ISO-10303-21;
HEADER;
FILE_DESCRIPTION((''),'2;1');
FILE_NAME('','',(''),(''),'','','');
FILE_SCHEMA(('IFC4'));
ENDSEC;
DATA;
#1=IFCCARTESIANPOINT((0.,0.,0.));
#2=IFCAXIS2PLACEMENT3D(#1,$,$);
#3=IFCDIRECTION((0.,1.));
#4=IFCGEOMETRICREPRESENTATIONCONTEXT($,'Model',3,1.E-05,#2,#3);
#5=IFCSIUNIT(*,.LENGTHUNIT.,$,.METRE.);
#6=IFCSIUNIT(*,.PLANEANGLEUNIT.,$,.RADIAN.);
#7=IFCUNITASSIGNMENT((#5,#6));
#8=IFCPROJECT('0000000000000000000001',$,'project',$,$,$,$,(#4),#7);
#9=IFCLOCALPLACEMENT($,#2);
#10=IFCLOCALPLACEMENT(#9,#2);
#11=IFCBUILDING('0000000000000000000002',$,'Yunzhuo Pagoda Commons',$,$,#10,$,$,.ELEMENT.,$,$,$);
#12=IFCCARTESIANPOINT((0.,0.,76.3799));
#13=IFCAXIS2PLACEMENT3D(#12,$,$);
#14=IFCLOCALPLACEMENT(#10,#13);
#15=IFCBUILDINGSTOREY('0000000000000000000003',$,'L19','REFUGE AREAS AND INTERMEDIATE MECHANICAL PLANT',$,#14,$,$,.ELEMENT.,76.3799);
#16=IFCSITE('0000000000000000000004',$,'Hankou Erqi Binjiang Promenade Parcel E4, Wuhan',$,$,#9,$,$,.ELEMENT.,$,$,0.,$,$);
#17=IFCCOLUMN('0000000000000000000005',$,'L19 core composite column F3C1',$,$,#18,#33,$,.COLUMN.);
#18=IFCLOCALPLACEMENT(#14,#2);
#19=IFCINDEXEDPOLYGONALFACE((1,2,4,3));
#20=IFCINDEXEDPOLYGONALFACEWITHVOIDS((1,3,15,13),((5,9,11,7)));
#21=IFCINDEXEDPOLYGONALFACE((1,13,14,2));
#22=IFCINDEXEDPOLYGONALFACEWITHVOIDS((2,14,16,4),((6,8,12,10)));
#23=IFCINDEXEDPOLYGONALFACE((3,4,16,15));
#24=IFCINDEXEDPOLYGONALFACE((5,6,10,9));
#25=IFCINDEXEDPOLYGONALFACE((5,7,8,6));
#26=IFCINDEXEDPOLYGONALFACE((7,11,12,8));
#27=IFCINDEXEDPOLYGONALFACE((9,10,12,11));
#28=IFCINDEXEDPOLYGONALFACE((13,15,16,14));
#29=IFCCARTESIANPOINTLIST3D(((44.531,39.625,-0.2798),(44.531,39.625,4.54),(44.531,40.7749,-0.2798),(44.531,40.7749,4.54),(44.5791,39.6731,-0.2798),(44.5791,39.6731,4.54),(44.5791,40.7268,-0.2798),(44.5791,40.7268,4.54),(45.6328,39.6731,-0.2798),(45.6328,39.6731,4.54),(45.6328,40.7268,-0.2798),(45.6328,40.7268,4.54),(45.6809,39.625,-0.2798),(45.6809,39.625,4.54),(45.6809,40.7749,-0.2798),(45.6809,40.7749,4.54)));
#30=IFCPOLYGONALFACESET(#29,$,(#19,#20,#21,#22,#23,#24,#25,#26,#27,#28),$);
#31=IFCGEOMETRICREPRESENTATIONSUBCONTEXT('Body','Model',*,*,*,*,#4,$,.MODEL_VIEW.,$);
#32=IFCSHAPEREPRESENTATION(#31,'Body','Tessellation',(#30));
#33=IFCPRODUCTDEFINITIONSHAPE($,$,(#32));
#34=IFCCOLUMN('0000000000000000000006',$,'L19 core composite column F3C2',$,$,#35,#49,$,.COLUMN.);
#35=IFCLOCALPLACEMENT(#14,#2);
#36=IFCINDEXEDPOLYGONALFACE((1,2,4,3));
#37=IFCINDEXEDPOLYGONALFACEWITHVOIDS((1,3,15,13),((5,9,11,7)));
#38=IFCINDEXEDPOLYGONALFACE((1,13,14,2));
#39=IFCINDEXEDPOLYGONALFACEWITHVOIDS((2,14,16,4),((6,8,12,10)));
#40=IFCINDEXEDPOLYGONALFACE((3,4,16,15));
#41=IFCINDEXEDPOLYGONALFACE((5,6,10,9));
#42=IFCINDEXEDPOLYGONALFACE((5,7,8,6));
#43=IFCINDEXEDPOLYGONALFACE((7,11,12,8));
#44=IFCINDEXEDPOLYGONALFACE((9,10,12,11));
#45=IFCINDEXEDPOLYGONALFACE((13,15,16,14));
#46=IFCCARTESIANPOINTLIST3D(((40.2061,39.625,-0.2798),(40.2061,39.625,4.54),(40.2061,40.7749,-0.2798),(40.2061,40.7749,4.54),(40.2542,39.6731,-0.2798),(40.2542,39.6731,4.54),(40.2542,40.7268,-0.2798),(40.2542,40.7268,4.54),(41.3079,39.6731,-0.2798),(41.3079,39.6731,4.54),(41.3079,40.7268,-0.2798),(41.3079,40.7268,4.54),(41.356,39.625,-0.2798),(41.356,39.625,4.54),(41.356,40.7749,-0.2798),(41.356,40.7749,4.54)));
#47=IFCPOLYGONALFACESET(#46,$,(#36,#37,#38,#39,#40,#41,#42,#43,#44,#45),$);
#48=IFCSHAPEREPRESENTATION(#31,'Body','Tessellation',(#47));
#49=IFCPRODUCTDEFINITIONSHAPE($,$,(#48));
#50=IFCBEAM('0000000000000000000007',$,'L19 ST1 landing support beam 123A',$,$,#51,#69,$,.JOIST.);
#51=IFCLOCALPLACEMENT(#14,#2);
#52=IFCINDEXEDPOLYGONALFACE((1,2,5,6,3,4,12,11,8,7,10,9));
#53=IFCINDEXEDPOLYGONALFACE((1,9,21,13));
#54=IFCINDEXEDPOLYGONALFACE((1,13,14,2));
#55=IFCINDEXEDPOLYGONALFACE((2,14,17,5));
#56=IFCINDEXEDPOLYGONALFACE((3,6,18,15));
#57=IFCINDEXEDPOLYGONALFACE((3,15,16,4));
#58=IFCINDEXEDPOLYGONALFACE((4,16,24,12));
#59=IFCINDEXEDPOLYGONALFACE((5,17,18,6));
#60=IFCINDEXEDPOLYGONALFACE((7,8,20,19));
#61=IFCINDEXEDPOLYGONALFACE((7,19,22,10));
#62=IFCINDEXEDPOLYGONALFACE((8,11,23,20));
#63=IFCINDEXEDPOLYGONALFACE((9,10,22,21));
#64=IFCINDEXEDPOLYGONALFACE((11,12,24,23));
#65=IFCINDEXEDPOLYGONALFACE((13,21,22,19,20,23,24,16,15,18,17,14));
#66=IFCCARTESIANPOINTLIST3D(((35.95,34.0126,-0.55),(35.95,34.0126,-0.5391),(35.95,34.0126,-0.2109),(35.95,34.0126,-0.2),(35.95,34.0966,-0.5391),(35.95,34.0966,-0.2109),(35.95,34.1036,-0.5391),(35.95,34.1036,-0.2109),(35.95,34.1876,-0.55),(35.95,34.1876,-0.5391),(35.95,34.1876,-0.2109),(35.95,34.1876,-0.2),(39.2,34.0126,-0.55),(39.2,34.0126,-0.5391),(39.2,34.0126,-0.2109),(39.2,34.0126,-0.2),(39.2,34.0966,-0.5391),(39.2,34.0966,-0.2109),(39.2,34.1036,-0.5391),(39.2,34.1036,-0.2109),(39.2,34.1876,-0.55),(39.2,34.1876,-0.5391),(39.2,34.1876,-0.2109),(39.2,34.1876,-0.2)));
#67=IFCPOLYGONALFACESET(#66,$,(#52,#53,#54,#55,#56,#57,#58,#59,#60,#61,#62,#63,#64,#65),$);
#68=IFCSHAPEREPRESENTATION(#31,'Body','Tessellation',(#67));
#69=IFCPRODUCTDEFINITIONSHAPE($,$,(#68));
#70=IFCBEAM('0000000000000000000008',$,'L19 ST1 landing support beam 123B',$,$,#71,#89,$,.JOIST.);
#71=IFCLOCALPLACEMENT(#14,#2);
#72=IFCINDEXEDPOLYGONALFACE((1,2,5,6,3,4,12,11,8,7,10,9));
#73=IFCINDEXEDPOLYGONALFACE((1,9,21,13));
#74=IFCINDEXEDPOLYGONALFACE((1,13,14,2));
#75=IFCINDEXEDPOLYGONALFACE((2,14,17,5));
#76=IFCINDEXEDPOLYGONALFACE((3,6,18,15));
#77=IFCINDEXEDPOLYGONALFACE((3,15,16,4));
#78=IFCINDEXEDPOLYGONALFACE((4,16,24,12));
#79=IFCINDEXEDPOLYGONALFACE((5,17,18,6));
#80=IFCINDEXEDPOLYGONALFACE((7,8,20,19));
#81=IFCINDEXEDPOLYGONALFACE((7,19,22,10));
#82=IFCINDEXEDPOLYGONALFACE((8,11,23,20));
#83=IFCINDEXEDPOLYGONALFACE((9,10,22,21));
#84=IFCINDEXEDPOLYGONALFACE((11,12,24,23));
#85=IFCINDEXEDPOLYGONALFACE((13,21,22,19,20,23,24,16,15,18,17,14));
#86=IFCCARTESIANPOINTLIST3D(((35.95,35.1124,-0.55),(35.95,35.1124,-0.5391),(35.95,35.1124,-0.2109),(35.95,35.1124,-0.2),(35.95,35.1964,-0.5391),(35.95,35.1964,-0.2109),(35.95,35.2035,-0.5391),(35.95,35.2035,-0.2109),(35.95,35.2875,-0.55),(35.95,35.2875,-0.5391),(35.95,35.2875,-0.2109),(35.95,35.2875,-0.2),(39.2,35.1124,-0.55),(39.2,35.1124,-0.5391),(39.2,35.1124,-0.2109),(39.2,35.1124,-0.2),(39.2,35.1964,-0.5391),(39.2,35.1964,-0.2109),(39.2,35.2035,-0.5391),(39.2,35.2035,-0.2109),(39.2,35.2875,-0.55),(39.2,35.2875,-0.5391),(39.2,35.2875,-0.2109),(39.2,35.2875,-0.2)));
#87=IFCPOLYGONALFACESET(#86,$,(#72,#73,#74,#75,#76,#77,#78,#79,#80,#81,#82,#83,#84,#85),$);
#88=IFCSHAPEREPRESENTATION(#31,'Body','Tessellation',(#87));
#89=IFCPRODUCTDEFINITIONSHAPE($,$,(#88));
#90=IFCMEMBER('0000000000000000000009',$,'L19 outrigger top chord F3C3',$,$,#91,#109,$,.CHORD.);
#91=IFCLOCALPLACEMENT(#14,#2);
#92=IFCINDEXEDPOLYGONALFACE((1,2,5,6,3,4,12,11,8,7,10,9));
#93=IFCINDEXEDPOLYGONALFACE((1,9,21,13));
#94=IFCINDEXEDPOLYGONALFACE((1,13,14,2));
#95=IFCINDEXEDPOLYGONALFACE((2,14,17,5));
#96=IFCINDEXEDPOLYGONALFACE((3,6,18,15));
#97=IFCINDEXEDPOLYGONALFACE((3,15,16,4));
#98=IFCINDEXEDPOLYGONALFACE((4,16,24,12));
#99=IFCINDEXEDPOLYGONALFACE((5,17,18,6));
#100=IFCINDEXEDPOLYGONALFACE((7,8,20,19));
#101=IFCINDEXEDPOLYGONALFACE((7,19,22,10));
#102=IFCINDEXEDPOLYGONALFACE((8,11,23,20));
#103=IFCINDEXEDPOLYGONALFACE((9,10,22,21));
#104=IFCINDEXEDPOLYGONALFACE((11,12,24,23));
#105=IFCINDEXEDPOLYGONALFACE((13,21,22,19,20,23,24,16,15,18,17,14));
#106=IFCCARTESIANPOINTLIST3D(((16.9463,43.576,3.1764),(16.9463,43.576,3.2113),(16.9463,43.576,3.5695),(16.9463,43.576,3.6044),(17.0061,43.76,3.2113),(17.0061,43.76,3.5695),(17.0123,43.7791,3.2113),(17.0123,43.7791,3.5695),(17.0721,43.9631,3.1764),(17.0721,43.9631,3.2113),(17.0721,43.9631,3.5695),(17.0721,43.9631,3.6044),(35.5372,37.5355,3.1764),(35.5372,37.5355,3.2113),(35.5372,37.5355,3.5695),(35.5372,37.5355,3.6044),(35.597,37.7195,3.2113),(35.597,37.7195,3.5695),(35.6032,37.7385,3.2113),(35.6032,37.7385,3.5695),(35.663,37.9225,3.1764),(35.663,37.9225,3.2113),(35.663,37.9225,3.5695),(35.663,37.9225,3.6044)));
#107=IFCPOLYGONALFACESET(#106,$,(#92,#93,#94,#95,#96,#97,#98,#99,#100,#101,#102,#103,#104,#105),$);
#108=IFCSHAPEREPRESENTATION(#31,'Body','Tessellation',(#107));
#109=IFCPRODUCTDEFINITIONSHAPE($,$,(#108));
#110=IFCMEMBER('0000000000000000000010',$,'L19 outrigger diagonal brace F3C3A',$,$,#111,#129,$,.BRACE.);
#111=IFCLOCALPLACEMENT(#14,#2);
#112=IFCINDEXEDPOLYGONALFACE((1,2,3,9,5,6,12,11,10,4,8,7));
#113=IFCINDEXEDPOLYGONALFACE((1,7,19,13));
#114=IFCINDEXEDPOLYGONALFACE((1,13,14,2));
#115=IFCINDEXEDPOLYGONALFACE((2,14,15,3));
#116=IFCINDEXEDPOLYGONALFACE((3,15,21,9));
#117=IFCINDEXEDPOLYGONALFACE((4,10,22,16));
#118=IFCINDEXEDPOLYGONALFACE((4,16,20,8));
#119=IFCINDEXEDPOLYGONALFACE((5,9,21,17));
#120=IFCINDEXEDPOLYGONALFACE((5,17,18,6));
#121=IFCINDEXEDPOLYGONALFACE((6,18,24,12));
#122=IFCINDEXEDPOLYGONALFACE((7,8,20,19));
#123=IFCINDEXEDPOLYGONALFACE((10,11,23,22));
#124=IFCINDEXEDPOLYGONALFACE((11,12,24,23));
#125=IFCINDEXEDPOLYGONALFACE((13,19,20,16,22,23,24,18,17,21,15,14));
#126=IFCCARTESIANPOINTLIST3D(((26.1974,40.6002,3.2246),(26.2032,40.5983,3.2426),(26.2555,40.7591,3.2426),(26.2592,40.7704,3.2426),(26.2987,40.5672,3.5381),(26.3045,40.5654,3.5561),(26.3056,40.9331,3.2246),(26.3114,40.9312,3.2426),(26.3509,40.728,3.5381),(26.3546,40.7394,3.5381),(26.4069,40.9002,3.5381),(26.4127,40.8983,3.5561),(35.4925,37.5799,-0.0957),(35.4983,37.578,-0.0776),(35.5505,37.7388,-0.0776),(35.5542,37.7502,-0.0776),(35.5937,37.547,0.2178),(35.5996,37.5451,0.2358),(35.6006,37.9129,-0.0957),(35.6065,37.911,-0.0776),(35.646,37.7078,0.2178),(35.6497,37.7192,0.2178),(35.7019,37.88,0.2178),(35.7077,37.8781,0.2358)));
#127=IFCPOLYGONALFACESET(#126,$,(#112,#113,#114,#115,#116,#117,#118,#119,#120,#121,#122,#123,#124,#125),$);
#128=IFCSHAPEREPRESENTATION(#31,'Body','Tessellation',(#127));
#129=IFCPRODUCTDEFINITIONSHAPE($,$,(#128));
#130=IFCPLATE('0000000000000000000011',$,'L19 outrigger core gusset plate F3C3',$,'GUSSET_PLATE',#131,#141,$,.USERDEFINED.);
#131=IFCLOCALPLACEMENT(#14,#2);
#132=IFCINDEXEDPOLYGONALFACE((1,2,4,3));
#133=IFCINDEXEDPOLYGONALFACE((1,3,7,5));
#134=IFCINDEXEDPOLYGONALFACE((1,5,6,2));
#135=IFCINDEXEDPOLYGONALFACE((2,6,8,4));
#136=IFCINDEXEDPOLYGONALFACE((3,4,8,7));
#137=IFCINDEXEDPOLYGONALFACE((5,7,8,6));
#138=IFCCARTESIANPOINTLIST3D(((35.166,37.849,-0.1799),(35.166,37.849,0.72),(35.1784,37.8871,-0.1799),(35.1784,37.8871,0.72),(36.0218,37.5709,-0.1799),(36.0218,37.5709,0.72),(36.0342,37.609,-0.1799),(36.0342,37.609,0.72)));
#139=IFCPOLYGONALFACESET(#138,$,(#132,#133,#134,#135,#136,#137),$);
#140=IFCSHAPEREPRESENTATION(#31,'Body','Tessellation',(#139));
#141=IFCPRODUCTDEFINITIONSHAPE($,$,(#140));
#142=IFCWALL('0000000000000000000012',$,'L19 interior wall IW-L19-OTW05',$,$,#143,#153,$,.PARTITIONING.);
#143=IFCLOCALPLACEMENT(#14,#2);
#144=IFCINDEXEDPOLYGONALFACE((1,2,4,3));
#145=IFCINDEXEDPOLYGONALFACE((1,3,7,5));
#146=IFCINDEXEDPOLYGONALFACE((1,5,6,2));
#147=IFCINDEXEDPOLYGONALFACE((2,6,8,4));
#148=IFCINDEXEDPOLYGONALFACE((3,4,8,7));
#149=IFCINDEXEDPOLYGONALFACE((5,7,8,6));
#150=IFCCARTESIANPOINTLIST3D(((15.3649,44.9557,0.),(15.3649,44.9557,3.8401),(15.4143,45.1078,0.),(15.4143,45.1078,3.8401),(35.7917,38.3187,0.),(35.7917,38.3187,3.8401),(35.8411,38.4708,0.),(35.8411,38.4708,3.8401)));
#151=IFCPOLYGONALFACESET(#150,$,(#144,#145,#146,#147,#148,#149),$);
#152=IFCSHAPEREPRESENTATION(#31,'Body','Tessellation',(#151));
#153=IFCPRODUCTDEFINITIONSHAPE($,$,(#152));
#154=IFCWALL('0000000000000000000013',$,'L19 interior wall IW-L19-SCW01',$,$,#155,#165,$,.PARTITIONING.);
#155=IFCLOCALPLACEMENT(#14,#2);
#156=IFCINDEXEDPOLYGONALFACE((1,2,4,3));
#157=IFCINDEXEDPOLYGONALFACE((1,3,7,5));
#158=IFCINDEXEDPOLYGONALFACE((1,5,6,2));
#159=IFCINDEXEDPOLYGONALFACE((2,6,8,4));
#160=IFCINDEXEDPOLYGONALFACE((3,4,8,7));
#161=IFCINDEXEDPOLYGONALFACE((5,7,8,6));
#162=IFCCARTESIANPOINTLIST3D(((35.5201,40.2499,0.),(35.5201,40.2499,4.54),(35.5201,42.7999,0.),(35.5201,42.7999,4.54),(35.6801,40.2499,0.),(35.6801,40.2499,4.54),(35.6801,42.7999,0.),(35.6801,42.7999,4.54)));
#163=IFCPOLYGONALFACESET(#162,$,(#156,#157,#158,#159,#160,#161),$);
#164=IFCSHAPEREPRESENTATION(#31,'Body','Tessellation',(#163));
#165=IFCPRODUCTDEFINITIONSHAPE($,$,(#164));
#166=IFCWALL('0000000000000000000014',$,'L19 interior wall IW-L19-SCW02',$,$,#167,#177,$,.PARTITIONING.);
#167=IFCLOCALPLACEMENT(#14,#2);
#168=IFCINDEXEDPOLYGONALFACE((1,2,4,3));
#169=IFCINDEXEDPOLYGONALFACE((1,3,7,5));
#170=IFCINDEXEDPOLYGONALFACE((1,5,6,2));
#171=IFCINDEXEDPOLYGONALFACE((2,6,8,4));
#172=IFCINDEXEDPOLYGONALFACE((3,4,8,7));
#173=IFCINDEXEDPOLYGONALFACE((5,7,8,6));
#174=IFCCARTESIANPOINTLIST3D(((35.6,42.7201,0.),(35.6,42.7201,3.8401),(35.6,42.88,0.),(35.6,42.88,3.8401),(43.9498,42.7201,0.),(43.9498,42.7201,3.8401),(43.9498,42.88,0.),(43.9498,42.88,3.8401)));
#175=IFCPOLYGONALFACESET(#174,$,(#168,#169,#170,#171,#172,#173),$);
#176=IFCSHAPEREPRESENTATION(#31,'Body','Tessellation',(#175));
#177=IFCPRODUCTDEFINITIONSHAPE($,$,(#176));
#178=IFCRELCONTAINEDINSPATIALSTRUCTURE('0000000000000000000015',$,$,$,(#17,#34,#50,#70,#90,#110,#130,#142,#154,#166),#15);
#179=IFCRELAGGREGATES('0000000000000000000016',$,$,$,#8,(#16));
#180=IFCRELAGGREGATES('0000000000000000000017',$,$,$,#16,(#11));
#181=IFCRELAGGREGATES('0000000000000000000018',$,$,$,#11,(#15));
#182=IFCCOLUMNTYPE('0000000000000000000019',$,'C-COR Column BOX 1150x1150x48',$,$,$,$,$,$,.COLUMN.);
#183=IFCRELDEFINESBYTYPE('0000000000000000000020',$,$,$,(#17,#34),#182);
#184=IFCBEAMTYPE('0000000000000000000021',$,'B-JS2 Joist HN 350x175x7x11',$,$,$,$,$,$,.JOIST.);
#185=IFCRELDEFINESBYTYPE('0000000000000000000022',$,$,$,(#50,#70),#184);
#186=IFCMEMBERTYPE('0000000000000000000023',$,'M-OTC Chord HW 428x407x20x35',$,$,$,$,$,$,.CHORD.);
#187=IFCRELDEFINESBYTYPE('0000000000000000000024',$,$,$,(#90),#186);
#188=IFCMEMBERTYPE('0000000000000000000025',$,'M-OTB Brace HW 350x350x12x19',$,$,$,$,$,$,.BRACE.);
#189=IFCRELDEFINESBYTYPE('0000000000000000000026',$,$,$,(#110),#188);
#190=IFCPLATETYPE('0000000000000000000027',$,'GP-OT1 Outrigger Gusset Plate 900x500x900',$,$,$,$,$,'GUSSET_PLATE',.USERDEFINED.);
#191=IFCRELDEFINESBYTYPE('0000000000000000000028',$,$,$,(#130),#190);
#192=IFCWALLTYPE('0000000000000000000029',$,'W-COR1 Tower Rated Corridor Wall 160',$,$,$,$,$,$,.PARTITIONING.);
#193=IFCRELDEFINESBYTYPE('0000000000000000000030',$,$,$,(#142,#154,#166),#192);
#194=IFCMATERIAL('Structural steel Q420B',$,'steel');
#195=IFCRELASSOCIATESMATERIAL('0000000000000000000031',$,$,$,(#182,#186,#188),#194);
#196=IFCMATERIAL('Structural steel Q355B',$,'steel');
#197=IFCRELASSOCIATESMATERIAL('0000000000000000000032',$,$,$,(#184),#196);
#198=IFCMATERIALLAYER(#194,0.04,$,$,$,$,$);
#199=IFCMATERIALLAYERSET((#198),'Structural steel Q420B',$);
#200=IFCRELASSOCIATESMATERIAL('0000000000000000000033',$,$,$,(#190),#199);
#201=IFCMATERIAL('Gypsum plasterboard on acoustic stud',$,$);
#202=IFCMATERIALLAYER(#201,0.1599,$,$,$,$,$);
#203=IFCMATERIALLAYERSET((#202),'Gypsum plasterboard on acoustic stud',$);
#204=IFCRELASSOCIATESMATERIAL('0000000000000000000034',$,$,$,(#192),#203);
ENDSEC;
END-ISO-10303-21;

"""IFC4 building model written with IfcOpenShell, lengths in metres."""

from ifc_helpers import new_model, si_unit, direction, frame, frame_2d, origin, origin_2d, place, context, subcontext, project, spatial, rectangle, hollow_rectangle, i_section, extrude, source, transform, mapped, material, layer, layer_set, material_profile, profile_set, type_object, element, save


model = new_model("IFC4")

# Units and contexts
model_context = context("Model", 3, precision=1e-05, world=origin(), true_north=direction((0.0, 1.0)))
body_context = subcontext(model_context, "Body", "Model", "MODEL_VIEW")
ifc_project = project(units=[si_unit("LENGTHUNIT", "METRE"), si_unit("PLANEANGLEUNIT", "RADIAN")], contexts=[model_context])

# Site, building, storey
site_placement = place(None, origin())
site = spatial("IfcSite", under=ifc_project, at=site_placement, Name="Hankou Erqi Binjiang Promenade Parcel E4, Wuhan", CompositionType="ELEMENT", RefElevation=0.0)
building_placement = place(site_placement, origin())
building = spatial("IfcBuilding", under=site, at=building_placement, Name="Yunzhuo Pagoda Commons", CompositionType="ELEMENT")
storey_placement = place(building_placement, frame((0.0, 0.0, 76.3799)))
storey = spatial("IfcBuildingStorey", under=building, at=storey_placement, Name="L19", Description="REFUGE AREAS AND INTERMEDIATE MECHANICAL PLANT", CompositionType="ELEMENT", Elevation=76.3799)

# Columns
ifc_material_1 = material(Name="Structural steel Q420B", Category="steel")
ifc_material_profile_1 = material_profile(ifc_material_1, hollow_rectangle(XDim=1.1499, YDim=1.1499, WallThickness=0.0481, at=origin_2d()), Name="Structural steel Q420B")
ifc_profile_set_1 = profile_set([ifc_material_profile_1], Name="Structural steel Q420B")
column_type = type_object("IfcColumnType", Name="C-COR Column BOX 1150x1150x48", PredefinedType="COLUMN", material=ifc_profile_set_1)
shared_shape_1 = source(origin(), body_context, "Body", "SweptSolid", [
    extrude(hollow_rectangle(XDim=1.1499, YDim=1.1499, WallThickness=0.0481, at=origin_2d()), origin(), (0.0, 0.0, 1.0), 4.8198),
])
for number, where, z_axis, x_axis, name in (
    (1, (45.106, 40.2, -0.2798), (0.0, 0.0, 1.0), (1.0, 0.0, 0.0), "L19 core composite column F3C1"),
    (2, (40.781, 40.2, -0.2798), (0.0, 0.0, 1.0), (1.0, 0.0, 0.0), "L19 core composite column F3C2"),
):
    element("IfcColumn", number, at=place(storey_placement, frame(where, z_axis=z_axis, x_axis=x_axis)), inside=storey, type_object=column_type, Name=name, PredefinedType="COLUMN", context=body_context, shape_type="MappedRepresentation", body=[
        mapped(shared_shape_1, transform((0.0, 0.0, 0.0), scale=1.0)),
    ])

# Beams
ifc_material_2 = material(Name="Structural steel Q355B", Category="steel")
ifc_material_profile_2 = material_profile(ifc_material_2, i_section(OverallWidth=0.175, OverallDepth=0.3501, WebThickness=0.0071, FlangeThickness=0.011, at=origin_2d()), Name="Structural steel Q355B")
ifc_profile_set_2 = profile_set([ifc_material_profile_2], Name="Structural steel Q355B")
beam_type = type_object("IfcBeamType", Name="B-JS2 Joist HN 350x175x7x11", PredefinedType="JOIST", material=ifc_profile_set_2)
shared_shape_2 = source(origin(), body_context, "Body", "SweptSolid", [
    extrude(i_section(OverallWidth=0.175, OverallDepth=0.3501, WebThickness=0.0071, FlangeThickness=0.011, at=origin_2d()), origin(), (0.0, 0.0, 1.0), 3.25),
])
for number, where, z_axis, x_axis, name in (
    (3, (35.95, 34.1001, -0.375), (1.0, 0.0, 0.0), (0.0, 1.0, 0.0), "L19 ST1 landing support beam 123A"),
    (4, (35.95, 35.2, -0.375), (1.0, 0.0, 0.0), (0.0, 1.0, 0.0), "L19 ST1 landing support beam 123B"),
):
    element("IfcBeam", number, at=place(storey_placement, frame(where, z_axis=z_axis, x_axis=x_axis)), inside=storey, type_object=beam_type, Name=name, PredefinedType="JOIST", context=body_context, shape_type="MappedRepresentation", body=[
        mapped(shared_shape_2, transform((0.0, 0.0, 0.0), scale=1.0)),
    ])

# Members
ifc_material_profile_3 = material_profile(ifc_material_1, i_section(OverallWidth=0.407, OverallDepth=0.428, WebThickness=0.02, FlangeThickness=0.0349, at=origin_2d()), Name="Structural steel Q420B")
ifc_profile_set_3 = profile_set([ifc_material_profile_3], Name="Structural steel Q420B")
member_type_1 = type_object("IfcMemberType", Name="M-OTC Chord HW 428x407x20x35", PredefinedType="CHORD", material=ifc_profile_set_3)
shared_shape_3 = source(origin(), body_context, "Body", "SweptSolid", [
    extrude(i_section(OverallWidth=0.407, OverallDepth=0.428, WebThickness=0.02, FlangeThickness=0.0349, at=origin_2d()), origin(), (0.0, 0.0, 1.0), 19.5476),
])
member_1_placement = place(storey_placement, frame((35.6001, 37.729, 3.3904), z_axis=(-0.951056, 0.309017, 0.0), x_axis=(-0.309017, -0.951056, 0.0)))
element("IfcMember", 5, at=member_1_placement, inside=storey, type_object=member_type_1, Name="L19 outrigger top chord F3C3", PredefinedType="CHORD", context=body_context, shape_type="MappedRepresentation", body=[
    mapped(shared_shape_3, transform((0.0, 0.0, 0.0), scale=1.0)),
])
ifc_material_profile_4 = material_profile(ifc_material_1, i_section(OverallWidth=0.3501, OverallDepth=0.3501, WebThickness=0.012, FlangeThickness=0.019, at=origin_2d()), Name="Structural steel Q420B")
ifc_profile_set_4 = profile_set([ifc_material_profile_4], Name="Structural steel Q420B")
member_type_2 = type_object("IfcMemberType", Name="M-OTB Brace HW 350x350x12x19", PredefinedType="BRACE", material=ifc_profile_set_4)
shared_shape_4 = source(origin(), body_context, "Body", "SweptSolid", [
    extrude(i_section(OverallWidth=0.3501, OverallDepth=0.3501, WebThickness=0.012, FlangeThickness=0.019, at=origin_2d()), origin(), (0.0, 0.0, 1.0), 10.322),
])
member_2_placement = place(storey_placement, frame((35.6001, 37.729, 0.0701), z_axis=(-0.900508, 0.292601, 0.321669), x_axis=(-0.309025, -0.951054, 0.0)))
element("IfcMember", 6, at=member_2_placement, inside=storey, type_object=member_type_2, Name="L19 outrigger diagonal brace F3C3A", PredefinedType="BRACE", context=body_context, shape_type="MappedRepresentation", body=[
    mapped(shared_shape_4, transform((0.0, 0.0, 0.0), scale=1.0)),
])

# Plate
ifc_layer_1 = layer(ifc_material_1, 0.04)
ifc_layer_set_1 = layer_set([ifc_layer_1], Name="Structural steel Q420B")
plate_type = type_object("IfcPlateType", Name="GP-OT1 Outrigger Gusset Plate 900x500x900", ElementType="GUSSET_PLATE", PredefinedType="USERDEFINED", material=ifc_layer_set_1)
shared_shape_5 = source(origin(), body_context, "Body", "SweptSolid", [
    extrude(rectangle(XDim=0.8999, YDim=0.04, at=origin_2d()), origin(), (0.0, 0.0, 1.0), 0.8999),
])
plate_placement = place(storey_placement, frame((35.6001, 37.729, -0.1799), z_axis=(0.0, 0.0, 1.0), x_axis=(-0.951057, 0.309017, 0.0)))
element("IfcPlate", 7, at=plate_placement, inside=storey, type_object=plate_type, Name="L19 outrigger core gusset plate F3C3", ObjectType="GUSSET_PLATE", PredefinedType="USERDEFINED", context=body_context, shape_type="MappedRepresentation", body=[
    mapped(shared_shape_5, transform((0.0, 0.0, 0.0), scale=1.0)),
])

# Walls
ifc_material_3 = material(Name="Gypsum plasterboard on acoustic stud")
ifc_layer_2 = layer(ifc_material_3, 0.1599)
ifc_layer_set_2 = layer_set([ifc_layer_2], Name="Gypsum plasterboard on acoustic stud")
wall_type_1 = type_object("IfcWallType", Name="W-COR1 Tower Rated Corridor Wall 160", PredefinedType="PARTITIONING", material=ifc_layer_set_2)
wall_1_placement = place(storey_placement, frame((35.8164, 38.3948, 0.0), z_axis=(0.0, 0.0, 1.0), x_axis=(-0.951058, 0.309013, 0.0)))
element("IfcWall", 8, at=wall_1_placement, inside=storey, type_object=wall_type_1, Name="L19 interior wall IW-L19-OTW05", PredefinedType="PARTITIONING", context=body_context, shape_type="SweptSolid", body=[
    extrude(rectangle(XDim=21.478, YDim=0.1599, at=frame_2d((10.739, 0.0))), origin(), (0.0, 0.0, 1.0), 3.8401),
])
wall_2_placement = place(storey_placement, frame((35.6001, 40.25, 0.0), z_axis=(0.0, 0.0, 1.0), x_axis=(0.0, 1.0, 0.0)))
element("IfcWall", 9, at=wall_2_placement, inside=storey, type_object=wall_type_1, Name="L19 interior wall IW-L19-SCW01", PredefinedType="PARTITIONING", context=body_context, shape_type="SweptSolid", body=[
    extrude(rectangle(XDim=2.55, YDim=0.1599, at=frame_2d((1.2749, 0.0))), origin(), (0.0, 0.0, 1.0), 4.54),
])
wall_3_placement = place(storey_placement, frame((35.6001, 42.8, 0.0), z_axis=(0.0, 0.0, 1.0), x_axis=(1.0, 0.0, 0.0)))
element("IfcWall", 10, at=wall_3_placement, inside=storey, type_object=wall_type_1, Name="L19 interior wall IW-L19-SCW02", PredefinedType="PARTITIONING", context=body_context, shape_type="SweptSolid", body=[
    extrude(rectangle(XDim=8.3499, YDim=0.1599, at=frame_2d((4.1748, 0.0))), origin(), (0.0, 0.0, 1.0), 3.8401),
])

save(model, "model.ifc")
